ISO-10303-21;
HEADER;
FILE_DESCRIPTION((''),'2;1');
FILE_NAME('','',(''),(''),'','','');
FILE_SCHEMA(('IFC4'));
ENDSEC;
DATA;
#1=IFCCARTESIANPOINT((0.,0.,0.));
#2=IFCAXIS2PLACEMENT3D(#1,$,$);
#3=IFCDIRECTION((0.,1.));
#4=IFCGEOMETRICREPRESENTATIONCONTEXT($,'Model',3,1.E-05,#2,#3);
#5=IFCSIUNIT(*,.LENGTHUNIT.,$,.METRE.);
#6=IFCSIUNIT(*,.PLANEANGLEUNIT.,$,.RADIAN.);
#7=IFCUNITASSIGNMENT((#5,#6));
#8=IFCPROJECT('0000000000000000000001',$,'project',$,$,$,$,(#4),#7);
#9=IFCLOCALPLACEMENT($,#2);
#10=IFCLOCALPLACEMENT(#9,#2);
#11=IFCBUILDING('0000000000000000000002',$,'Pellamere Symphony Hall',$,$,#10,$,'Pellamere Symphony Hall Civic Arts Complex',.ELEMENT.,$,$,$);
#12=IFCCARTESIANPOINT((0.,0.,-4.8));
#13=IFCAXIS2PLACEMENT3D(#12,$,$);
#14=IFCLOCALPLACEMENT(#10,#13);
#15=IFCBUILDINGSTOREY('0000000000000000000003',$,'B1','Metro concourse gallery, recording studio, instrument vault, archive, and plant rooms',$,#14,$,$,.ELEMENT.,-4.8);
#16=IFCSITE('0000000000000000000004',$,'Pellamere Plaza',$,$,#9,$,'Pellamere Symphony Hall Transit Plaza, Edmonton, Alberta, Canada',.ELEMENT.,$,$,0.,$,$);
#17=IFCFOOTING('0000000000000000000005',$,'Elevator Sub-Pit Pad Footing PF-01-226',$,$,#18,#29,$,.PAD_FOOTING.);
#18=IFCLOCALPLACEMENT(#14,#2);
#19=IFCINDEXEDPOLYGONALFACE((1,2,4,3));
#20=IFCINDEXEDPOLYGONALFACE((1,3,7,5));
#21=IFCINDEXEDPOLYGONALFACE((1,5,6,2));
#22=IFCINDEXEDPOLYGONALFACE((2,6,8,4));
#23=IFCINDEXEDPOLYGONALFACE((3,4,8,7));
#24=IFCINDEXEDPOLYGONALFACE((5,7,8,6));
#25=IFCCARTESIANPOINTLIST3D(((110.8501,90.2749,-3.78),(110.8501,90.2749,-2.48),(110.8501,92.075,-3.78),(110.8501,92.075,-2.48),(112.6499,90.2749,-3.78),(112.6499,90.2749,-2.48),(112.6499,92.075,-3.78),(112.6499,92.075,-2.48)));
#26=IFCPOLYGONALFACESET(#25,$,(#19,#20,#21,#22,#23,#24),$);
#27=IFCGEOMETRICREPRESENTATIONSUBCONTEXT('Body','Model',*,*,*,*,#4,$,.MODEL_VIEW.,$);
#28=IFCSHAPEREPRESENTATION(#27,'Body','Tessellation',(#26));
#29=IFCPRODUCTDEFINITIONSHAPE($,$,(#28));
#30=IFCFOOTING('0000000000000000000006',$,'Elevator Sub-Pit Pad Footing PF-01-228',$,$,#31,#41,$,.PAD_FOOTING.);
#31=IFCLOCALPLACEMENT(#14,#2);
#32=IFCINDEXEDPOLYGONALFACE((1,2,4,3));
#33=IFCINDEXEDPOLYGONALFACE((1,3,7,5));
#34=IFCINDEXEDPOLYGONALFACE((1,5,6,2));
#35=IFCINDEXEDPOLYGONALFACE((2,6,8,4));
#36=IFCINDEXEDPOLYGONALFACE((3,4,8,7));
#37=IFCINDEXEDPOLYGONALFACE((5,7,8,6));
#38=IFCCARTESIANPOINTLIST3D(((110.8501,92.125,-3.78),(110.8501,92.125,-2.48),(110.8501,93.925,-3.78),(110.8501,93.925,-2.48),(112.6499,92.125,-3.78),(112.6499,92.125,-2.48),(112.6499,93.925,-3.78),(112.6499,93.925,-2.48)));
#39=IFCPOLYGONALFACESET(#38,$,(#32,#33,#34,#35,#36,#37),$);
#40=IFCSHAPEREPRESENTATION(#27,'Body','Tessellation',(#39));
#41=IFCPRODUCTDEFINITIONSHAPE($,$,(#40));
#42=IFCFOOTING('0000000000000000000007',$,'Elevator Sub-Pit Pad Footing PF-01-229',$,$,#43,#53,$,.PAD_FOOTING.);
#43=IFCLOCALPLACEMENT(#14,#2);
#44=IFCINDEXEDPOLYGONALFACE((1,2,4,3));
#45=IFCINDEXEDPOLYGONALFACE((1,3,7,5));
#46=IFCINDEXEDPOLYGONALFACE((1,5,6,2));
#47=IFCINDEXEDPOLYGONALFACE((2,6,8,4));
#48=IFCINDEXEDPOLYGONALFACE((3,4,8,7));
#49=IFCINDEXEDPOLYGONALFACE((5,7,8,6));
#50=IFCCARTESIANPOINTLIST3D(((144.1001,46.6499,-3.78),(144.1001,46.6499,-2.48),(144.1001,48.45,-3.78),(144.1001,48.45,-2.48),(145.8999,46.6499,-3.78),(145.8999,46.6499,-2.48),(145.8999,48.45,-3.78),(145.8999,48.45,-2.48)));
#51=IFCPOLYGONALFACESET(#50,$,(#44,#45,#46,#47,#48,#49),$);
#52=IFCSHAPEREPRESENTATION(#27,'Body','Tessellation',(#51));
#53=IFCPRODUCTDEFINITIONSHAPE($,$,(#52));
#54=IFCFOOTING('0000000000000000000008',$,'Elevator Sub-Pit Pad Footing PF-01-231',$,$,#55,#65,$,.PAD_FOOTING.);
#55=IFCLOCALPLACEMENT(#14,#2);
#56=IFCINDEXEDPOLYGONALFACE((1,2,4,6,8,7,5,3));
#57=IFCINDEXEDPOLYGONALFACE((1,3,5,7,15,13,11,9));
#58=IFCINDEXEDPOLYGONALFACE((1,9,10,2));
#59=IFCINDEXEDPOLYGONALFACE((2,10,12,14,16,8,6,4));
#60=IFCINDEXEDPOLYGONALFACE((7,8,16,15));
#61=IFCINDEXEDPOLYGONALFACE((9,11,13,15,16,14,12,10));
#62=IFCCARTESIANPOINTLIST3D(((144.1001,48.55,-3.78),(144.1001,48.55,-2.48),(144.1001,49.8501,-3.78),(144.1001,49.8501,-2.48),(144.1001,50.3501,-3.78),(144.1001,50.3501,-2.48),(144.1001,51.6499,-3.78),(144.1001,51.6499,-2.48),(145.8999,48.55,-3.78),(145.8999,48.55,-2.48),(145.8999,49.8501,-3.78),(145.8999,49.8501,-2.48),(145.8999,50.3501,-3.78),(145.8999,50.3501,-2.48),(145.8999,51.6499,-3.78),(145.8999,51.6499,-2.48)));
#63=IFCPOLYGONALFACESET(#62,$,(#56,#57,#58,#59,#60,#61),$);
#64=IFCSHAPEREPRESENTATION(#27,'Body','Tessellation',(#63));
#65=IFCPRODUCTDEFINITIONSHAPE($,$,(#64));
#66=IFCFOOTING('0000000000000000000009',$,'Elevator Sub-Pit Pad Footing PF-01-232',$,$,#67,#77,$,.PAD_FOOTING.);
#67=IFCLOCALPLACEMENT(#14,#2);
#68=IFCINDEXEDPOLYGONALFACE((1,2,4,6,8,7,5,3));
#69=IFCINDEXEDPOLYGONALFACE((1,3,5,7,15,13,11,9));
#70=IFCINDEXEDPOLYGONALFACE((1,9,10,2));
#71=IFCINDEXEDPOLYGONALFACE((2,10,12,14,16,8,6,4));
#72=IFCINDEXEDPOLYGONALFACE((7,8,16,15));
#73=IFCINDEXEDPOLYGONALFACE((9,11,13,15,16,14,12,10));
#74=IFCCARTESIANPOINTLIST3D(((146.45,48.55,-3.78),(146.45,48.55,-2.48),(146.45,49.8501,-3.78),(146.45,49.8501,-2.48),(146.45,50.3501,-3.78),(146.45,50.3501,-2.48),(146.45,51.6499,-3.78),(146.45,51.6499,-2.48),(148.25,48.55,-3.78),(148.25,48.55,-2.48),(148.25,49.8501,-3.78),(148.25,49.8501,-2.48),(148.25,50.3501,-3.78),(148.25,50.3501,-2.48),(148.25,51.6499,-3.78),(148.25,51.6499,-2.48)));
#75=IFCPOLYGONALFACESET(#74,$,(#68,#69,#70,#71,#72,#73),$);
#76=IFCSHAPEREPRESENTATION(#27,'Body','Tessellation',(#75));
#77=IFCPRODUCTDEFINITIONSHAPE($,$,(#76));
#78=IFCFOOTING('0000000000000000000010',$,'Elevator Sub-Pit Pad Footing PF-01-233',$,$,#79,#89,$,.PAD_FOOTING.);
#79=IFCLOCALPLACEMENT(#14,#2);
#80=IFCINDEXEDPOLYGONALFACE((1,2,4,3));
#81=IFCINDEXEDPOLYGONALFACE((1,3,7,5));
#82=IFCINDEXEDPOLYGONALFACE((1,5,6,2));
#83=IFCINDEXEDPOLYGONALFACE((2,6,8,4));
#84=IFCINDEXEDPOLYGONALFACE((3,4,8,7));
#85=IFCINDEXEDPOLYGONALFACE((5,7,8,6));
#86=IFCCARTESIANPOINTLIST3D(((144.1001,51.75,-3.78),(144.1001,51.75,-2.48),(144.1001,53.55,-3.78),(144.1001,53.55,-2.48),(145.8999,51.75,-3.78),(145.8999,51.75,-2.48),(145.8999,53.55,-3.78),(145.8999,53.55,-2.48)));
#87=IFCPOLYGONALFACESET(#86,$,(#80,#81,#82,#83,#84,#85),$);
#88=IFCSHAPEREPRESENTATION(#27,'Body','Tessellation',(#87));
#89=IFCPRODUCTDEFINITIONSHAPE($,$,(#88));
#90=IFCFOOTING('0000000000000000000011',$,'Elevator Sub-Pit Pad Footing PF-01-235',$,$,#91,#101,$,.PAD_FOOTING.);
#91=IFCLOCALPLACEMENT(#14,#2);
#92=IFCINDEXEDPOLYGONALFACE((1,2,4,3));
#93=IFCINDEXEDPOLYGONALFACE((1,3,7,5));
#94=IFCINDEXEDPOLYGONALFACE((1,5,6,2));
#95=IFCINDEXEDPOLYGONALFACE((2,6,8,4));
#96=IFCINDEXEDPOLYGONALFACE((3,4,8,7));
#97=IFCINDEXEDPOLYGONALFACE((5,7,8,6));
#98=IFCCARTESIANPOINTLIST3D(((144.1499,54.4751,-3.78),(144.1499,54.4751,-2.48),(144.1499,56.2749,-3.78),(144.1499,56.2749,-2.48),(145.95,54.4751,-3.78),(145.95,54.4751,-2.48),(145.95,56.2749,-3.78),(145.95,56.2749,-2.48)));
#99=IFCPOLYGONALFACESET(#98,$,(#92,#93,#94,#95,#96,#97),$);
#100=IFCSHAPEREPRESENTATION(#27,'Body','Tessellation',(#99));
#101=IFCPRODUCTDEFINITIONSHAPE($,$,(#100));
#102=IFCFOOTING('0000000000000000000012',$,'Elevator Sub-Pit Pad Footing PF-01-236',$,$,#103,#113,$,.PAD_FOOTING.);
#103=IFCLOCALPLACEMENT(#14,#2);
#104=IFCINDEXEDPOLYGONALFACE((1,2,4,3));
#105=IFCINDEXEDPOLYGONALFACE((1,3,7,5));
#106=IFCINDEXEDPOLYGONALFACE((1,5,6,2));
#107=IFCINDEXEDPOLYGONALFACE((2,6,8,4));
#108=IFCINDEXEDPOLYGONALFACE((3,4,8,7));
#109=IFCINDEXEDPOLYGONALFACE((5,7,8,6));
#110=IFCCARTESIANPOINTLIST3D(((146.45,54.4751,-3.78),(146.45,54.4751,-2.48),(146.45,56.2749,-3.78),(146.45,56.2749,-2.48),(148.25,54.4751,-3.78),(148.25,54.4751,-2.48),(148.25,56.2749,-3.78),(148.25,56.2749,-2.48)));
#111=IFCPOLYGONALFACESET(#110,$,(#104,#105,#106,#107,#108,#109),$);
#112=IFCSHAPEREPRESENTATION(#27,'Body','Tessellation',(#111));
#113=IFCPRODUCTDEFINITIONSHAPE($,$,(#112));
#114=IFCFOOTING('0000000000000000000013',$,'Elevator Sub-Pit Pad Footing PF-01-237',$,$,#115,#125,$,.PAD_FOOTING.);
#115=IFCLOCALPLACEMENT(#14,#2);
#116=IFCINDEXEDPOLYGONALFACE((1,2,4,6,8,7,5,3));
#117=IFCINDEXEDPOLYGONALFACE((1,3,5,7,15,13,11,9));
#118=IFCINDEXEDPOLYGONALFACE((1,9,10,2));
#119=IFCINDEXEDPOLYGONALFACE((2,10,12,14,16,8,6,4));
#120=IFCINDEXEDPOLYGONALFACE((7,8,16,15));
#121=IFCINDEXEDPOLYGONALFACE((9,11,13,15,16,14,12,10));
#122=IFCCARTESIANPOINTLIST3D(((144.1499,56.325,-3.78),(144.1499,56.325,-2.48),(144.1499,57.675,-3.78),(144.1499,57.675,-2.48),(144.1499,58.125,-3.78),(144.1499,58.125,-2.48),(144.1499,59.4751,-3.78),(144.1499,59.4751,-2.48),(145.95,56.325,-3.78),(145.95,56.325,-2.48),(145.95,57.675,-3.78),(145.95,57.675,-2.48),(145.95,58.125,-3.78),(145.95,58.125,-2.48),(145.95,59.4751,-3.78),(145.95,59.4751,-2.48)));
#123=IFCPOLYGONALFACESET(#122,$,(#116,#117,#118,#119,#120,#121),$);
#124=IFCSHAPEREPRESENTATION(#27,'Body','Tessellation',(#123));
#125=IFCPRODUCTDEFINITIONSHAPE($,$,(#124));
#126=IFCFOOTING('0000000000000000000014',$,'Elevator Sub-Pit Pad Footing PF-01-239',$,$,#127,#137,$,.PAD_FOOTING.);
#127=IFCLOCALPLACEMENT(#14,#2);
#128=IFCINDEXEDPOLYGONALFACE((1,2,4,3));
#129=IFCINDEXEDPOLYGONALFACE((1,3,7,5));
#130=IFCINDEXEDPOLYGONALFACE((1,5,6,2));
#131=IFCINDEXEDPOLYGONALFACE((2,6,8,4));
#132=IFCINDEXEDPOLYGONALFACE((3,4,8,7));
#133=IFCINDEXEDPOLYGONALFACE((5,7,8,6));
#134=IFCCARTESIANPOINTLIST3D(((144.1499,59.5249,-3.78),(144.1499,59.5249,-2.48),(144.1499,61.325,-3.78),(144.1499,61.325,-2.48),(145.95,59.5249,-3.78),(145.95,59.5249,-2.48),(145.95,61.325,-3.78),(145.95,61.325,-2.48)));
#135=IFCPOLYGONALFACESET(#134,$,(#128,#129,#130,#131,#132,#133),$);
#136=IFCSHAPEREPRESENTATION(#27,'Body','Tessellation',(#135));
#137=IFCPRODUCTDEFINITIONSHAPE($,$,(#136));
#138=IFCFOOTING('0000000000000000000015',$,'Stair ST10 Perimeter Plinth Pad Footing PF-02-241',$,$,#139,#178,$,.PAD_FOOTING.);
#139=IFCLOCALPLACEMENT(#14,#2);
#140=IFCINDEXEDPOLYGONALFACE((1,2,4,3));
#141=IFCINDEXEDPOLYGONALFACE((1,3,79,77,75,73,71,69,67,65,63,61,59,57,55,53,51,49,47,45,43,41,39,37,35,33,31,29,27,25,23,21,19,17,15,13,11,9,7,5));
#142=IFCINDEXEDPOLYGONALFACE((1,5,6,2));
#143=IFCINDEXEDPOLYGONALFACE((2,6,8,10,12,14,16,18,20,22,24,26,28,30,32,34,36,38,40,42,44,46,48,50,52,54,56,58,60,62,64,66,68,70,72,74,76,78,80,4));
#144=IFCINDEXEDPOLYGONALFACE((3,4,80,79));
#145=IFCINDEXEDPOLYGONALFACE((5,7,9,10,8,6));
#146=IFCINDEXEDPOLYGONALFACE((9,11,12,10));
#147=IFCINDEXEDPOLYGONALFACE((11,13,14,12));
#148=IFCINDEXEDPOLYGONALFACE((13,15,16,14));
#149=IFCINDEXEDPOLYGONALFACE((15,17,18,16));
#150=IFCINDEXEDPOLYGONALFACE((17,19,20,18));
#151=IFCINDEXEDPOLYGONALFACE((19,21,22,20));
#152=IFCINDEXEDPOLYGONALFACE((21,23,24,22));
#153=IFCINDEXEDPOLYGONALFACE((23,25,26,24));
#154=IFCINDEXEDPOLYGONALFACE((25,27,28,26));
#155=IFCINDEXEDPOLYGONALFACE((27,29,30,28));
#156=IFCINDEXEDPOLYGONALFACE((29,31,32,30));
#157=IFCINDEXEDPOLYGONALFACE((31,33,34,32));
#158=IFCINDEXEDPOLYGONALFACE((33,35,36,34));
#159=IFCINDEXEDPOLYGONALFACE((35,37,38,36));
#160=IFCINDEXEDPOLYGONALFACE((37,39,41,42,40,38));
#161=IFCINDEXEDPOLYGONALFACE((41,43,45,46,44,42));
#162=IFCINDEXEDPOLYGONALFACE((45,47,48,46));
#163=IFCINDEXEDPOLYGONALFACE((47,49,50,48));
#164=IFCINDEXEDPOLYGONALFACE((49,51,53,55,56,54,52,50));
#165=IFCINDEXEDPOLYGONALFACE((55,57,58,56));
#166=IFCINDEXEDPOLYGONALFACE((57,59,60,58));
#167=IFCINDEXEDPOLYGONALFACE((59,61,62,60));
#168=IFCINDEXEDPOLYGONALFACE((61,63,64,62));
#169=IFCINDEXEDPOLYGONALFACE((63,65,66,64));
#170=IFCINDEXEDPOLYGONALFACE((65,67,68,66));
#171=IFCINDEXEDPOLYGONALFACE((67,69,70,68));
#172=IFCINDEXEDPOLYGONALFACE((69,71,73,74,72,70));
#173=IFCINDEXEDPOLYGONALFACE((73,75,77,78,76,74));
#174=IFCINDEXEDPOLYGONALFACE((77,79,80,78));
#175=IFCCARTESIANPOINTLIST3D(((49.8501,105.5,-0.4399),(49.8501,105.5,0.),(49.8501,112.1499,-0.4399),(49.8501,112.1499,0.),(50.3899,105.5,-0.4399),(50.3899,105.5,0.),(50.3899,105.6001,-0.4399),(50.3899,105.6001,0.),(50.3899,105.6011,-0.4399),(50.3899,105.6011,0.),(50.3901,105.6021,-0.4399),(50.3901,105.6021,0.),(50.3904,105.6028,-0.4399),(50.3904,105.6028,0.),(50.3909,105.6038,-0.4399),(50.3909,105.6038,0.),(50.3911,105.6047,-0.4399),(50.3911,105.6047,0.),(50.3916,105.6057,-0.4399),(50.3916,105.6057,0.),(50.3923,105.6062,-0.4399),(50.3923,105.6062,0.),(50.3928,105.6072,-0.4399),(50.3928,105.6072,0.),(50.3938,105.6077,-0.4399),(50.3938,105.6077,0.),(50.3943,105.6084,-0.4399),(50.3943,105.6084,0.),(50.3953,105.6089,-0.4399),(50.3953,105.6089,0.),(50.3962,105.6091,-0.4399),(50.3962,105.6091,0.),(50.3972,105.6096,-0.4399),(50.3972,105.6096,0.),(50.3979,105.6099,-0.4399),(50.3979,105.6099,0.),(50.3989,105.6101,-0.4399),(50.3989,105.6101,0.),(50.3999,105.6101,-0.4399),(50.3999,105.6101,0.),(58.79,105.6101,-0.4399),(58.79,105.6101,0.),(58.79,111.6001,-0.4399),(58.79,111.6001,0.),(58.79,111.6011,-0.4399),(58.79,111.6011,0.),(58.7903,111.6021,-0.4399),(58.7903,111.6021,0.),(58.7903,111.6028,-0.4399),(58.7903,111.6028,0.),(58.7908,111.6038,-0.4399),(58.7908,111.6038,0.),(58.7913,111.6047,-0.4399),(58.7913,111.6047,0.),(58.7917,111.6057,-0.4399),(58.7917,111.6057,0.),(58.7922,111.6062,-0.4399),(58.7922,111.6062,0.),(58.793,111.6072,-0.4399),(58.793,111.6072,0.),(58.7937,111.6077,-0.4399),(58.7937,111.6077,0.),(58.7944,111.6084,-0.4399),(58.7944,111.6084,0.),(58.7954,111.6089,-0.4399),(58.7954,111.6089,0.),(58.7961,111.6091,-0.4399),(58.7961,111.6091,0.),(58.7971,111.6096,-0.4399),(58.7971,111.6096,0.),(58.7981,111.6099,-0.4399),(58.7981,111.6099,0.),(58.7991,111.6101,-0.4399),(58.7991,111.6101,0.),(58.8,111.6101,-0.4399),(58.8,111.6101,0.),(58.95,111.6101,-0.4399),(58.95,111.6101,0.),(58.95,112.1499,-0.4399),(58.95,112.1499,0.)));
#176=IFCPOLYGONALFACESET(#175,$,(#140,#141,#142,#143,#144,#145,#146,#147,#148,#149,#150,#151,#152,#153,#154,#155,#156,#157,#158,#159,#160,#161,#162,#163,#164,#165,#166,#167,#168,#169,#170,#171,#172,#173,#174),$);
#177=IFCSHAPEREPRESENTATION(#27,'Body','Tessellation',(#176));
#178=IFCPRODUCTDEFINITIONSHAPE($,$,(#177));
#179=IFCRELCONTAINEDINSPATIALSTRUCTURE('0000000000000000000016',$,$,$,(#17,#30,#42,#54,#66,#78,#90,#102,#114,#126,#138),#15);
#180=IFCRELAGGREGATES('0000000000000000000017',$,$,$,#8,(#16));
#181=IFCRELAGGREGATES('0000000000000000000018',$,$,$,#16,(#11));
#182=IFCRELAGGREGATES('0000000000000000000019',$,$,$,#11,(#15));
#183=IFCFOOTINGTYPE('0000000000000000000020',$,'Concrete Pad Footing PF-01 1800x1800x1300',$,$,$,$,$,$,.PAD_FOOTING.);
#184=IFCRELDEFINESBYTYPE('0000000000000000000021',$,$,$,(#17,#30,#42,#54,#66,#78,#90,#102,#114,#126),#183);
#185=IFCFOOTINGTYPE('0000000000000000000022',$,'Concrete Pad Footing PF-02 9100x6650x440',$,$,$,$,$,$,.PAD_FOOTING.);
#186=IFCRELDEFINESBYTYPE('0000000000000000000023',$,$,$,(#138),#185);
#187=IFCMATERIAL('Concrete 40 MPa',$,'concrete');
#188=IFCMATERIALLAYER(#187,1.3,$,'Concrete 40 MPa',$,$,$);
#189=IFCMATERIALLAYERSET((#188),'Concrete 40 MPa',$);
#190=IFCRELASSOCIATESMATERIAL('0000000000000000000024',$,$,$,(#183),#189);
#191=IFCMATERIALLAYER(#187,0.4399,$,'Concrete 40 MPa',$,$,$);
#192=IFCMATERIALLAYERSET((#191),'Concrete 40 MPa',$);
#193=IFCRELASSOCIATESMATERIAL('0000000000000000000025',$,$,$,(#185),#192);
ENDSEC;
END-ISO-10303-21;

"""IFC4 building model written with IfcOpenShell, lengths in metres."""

from ifc_helpers import new_model, si_unit, direction, frame, origin, place, context, subcontext, project, spatial, polyline, outline, extrude, material, layer, layer_set, type_object, element, save


model = new_model("IFC4")

# Units and contexts
model_context = context("Model", 3, precision=1e-05, world=origin(), true_north=direction((0.0, 1.0)))
body_context = subcontext(model_context, "Body", "Model", "MODEL_VIEW")
ifc_project = project(units=[si_unit("LENGTHUNIT", "METRE"), si_unit("PLANEANGLEUNIT", "RADIAN")], contexts=[model_context])

# Site, building, storey
site_placement = place(None, origin())
site = spatial("IfcSite", under=ifc_project, at=site_placement, Name="Pellamere Plaza", LongName="Pellamere Symphony Hall Transit Plaza, Edmonton, Alberta, Canada", CompositionType="ELEMENT", RefElevation=0.0)
building_placement = place(site_placement, origin())
building = spatial("IfcBuilding", under=site, at=building_placement, Name="Pellamere Symphony Hall", LongName="Pellamere Symphony Hall Civic Arts Complex", CompositionType="ELEMENT")
storey_placement = place(building_placement, frame((0.0, 0.0, -4.8)))
storey = spatial("IfcBuildingStorey", under=building, at=storey_placement, Name="B1", Description="Metro concourse gallery, recording studio, instrument vault, archive, and plant rooms", CompositionType="ELEMENT", Elevation=-4.8)

# Footings
ifc_material_1 = material(Name="Concrete 40 MPa", Category="concrete")
ifc_layer_1 = layer(ifc_material_1, 1.3, Name="Concrete 40 MPa")
ifc_layer_set_1 = layer_set([ifc_layer_1], Name="Concrete 40 MPa")
footing_type_1 = type_object("IfcFootingType", Name="Concrete Pad Footing PF-01 1800x1800x1300", PredefinedType="PAD_FOOTING", material=ifc_layer_set_1)
footing_1_placement = place(storey_placement, frame((0.0, 0.0, -3.78)))
element("IfcFooting", 1, at=footing_1_placement, inside=storey, type_object=footing_type_1, Name="Elevator Sub-Pit Pad Footing PF-01-226", PredefinedType="PAD_FOOTING", context=body_context, shape_type="SweptSolid", body=[
    extrude(outline(polyline([(110.8501, 90.2749), (110.8501, 92.075), (112.6499, 92.075), (112.6499, 90.2749), (110.8501, 90.2749)])), origin(), (0.0, 0.0, 1.0), 1.3),
])
footing_2_placement = place(storey_placement, frame((0.0, 0.0, -3.78)))
element("IfcFooting", 2, at=footing_2_placement, inside=storey, type_object=footing_type_1, Name="Elevator Sub-Pit Pad Footing PF-01-228", PredefinedType="PAD_FOOTING", context=body_context, shape_type="SweptSolid", body=[
    extrude(outline(polyline([(110.8501, 92.125), (110.8501, 93.925), (112.6499, 93.925), (112.6499, 92.125), (110.8501, 92.125)])), origin(), (0.0, 0.0, 1.0), 1.3),
])
footing_3_placement = place(storey_placement, frame((0.0, 0.0, -3.78)))
element("IfcFooting", 3, at=footing_3_placement, inside=storey, type_object=footing_type_1, Name="Elevator Sub-Pit Pad Footing PF-01-229", PredefinedType="PAD_FOOTING", context=body_context, shape_type="SweptSolid", body=[
    extrude(outline(polyline([(144.1001, 46.6499), (144.1001, 48.45), (145.8999, 48.45), (145.8999, 46.6499), (144.1001, 46.6499)])), origin(), (0.0, 0.0, 1.0), 1.3),
])
footing_4_placement = place(storey_placement, frame((0.0, 0.0, -3.78)))
element("IfcFooting", 4, at=footing_4_placement, inside=storey, type_object=footing_type_1, Name="Elevator Sub-Pit Pad Footing PF-01-231", PredefinedType="PAD_FOOTING", context=body_context, shape_type="SweptSolid", body=[
    extrude(outline(polyline([(144.1001, 48.55), (144.1001, 49.8501), (144.1001, 50.3501), (144.1001, 51.6499), (145.8999, 51.6499), (145.8999, 50.3501), (145.8999, 49.8501), (145.8999, 48.55), (144.1001, 48.55)])), origin(), (0.0, 0.0, 1.0), 1.3),
])
footing_5_placement = place(storey_placement, frame((0.0, 0.0, -3.78)))
element("IfcFooting", 5, at=footing_5_placement, inside=storey, type_object=footing_type_1, Name="Elevator Sub-Pit Pad Footing PF-01-232", PredefinedType="PAD_FOOTING", context=body_context, shape_type="SweptSolid", body=[
    extrude(outline(polyline([(146.45, 48.55), (146.45, 49.8501), (146.45, 50.3501), (146.45, 51.6499), (148.25, 51.6499), (148.25, 50.3501), (148.25, 49.8501), (148.25, 48.55), (146.45, 48.55)])), origin(), (0.0, 0.0, 1.0), 1.3),
])
footing_6_placement = place(storey_placement, frame((0.0, 0.0, -3.78)))
element("IfcFooting", 6, at=footing_6_placement, inside=storey, type_object=footing_type_1, Name="Elevator Sub-Pit Pad Footing PF-01-233", PredefinedType="PAD_FOOTING", context=body_context, shape_type="SweptSolid", body=[
    extrude(outline(polyline([(144.1001, 51.75), (144.1001, 53.55), (145.8999, 53.55), (145.8999, 51.75), (144.1001, 51.75)])), origin(), (0.0, 0.0, 1.0), 1.3),
])
footing_7_placement = place(storey_placement, frame((0.0, 0.0, -3.78)))
element("IfcFooting", 7, at=footing_7_placement, inside=storey, type_object=footing_type_1, Name="Elevator Sub-Pit Pad Footing PF-01-235", PredefinedType="PAD_FOOTING", context=body_context, shape_type="SweptSolid", body=[
    extrude(outline(polyline([(144.1499, 54.4751), (144.1499, 56.2749), (145.95, 56.2749), (145.95, 54.4751), (144.1499, 54.4751)])), origin(), (0.0, 0.0, 1.0), 1.3),
])
footing_8_placement = place(storey_placement, frame((0.0, 0.0, -3.78)))
element("IfcFooting", 8, at=footing_8_placement, inside=storey, type_object=footing_type_1, Name="Elevator Sub-Pit Pad Footing PF-01-236", PredefinedType="PAD_FOOTING", context=body_context, shape_type="SweptSolid", body=[
    extrude(outline(polyline([(146.45, 54.4751), (146.45, 56.2749), (148.25, 56.2749), (148.25, 54.4751), (146.45, 54.4751)])), origin(), (0.0, 0.0, 1.0), 1.3),
])
footing_9_placement = place(storey_placement, frame((0.0, 0.0, -3.78)))
element("IfcFooting", 9, at=footing_9_placement, inside=storey, type_object=footing_type_1, Name="Elevator Sub-Pit Pad Footing PF-01-237", PredefinedType="PAD_FOOTING", context=body_context, shape_type="SweptSolid", body=[
    extrude(outline(polyline([(144.1499, 56.325), (144.1499, 57.675), (144.1499, 58.125), (144.1499, 59.4751), (145.95, 59.4751), (145.95, 58.125), (145.95, 57.675), (145.95, 56.325), (144.1499, 56.325)])), origin(), (0.0, 0.0, 1.0), 1.3),
])
footing_10_placement = place(storey_placement, frame((0.0, 0.0, -3.78)))
element("IfcFooting", 10, at=footing_10_placement, inside=storey, type_object=footing_type_1, Name="Elevator Sub-Pit Pad Footing PF-01-239", PredefinedType="PAD_FOOTING", context=body_context, shape_type="SweptSolid", body=[
    extrude(outline(polyline([(144.1499, 59.5249), (144.1499, 61.325), (145.95, 61.325), (145.95, 59.5249), (144.1499, 59.5249)])), origin(), (0.0, 0.0, 1.0), 1.3),
])
ifc_layer_2 = layer(ifc_material_1, 0.4399, Name="Concrete 40 MPa")
ifc_layer_set_2 = layer_set([ifc_layer_2], Name="Concrete 40 MPa")
footing_type_2 = type_object("IfcFootingType", Name="Concrete Pad Footing PF-02 9100x6650x440", PredefinedType="PAD_FOOTING", material=ifc_layer_set_2)
footing_11_placement = place(storey_placement, frame((0.0, 0.0, -0.4399)))
element("IfcFooting", 11, at=footing_11_placement, inside=storey, type_object=footing_type_2, Name="Stair ST10 Perimeter Plinth Pad Footing PF-02-241", PredefinedType="PAD_FOOTING", context=body_context, shape_type="SweptSolid", body=[
    extrude(outline(polyline([(49.8501, 105.5), (49.8501, 112.1499), (58.95, 112.1499), (58.95, 111.6101), (58.8, 111.6101), (58.7991, 111.6101), (58.7981, 111.6099), (58.7971, 111.6096), (58.7961, 111.6091), (58.7954, 111.6089), (58.7944, 111.6084), (58.7937, 111.6077), (58.793, 111.6072), (58.7922, 111.6062), (58.7917, 111.6057), (58.7913, 111.6047), (58.7908, 111.6038), (58.7903, 111.6028), (58.7903, 111.6021), (58.79, 111.6011), (58.79, 111.6001), (58.79, 105.6101), (50.3999, 105.6101), (50.3989, 105.6101), (50.3979, 105.6099), (50.3972, 105.6096), (50.3962, 105.6091), (50.3953, 105.6089), (50.3943, 105.6084), (50.3938, 105.6077), (50.3928, 105.6072), (50.3923, 105.6062), (50.3916, 105.6057), (50.3911, 105.6047), (50.3909, 105.6038), (50.3904, 105.6028), (50.3901, 105.6021), (50.3899, 105.6011), (50.3899, 105.6001), (50.3899, 105.5), (49.8501, 105.5)])), origin(), (0.0, 0.0, 1.0), 0.4399),
])

save(model, "model.ifc")
